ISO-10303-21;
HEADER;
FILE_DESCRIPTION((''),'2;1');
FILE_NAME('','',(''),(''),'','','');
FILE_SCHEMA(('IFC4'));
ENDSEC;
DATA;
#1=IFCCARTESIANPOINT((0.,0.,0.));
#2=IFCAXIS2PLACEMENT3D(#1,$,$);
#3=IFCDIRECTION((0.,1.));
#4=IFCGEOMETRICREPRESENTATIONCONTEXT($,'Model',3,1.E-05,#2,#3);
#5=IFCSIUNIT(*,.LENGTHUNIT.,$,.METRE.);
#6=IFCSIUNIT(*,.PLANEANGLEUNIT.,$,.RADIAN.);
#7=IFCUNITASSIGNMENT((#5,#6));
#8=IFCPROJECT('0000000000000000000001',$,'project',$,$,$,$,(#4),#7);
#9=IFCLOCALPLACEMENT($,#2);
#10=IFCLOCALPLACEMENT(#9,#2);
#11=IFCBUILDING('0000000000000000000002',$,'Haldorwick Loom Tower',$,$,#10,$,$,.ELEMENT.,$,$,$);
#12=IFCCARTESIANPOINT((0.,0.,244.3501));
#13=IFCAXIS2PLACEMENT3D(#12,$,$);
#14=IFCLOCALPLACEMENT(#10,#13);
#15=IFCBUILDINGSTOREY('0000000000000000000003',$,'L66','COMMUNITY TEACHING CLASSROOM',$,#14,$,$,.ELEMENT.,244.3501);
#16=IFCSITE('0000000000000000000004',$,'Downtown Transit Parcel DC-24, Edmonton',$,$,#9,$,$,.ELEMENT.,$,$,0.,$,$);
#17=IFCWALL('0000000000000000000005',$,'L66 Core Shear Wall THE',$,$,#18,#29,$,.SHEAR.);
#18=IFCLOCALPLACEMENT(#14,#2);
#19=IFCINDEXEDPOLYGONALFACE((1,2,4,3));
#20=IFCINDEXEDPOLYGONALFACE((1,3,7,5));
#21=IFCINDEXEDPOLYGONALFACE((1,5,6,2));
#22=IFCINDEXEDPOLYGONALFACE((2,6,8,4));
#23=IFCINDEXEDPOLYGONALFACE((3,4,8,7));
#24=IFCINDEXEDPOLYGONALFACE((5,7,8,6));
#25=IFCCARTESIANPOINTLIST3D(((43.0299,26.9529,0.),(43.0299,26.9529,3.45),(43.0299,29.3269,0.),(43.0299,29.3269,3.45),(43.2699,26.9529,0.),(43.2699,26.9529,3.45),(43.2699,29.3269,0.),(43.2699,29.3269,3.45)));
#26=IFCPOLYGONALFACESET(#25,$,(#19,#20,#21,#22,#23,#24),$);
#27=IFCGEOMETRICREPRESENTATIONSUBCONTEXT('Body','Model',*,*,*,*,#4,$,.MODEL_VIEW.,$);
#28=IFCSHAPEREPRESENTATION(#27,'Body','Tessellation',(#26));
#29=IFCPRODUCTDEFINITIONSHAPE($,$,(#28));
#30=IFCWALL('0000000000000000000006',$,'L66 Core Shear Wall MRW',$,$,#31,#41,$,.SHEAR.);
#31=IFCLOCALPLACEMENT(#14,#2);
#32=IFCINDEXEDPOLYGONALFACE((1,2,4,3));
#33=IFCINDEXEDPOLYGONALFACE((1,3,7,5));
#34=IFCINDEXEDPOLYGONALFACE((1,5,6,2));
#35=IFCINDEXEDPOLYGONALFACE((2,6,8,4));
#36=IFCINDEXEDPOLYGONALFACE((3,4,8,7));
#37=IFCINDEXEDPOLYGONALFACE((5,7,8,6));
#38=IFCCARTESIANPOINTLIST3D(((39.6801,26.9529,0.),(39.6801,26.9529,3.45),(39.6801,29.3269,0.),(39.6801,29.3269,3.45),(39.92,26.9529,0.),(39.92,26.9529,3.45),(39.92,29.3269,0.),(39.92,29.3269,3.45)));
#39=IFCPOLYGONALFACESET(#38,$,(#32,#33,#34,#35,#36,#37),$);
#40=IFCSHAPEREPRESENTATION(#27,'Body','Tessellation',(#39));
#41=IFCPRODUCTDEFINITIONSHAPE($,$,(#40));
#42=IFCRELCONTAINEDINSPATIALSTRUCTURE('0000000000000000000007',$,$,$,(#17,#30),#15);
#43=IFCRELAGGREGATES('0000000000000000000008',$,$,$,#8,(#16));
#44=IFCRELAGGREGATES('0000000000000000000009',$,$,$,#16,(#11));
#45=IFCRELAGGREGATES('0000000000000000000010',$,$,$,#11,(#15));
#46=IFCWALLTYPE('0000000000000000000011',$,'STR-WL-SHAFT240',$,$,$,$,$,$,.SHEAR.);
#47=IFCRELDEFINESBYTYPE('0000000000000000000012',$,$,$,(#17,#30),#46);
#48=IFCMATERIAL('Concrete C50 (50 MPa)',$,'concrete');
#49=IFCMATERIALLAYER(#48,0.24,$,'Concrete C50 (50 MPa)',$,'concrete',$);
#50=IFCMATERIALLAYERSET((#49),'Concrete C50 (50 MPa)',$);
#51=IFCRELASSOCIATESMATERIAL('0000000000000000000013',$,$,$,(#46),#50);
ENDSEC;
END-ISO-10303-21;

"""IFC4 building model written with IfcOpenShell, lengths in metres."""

from ifc_helpers import new_model, si_unit, direction, frame, frame_2d, origin, place, context, subcontext, project, spatial, rectangle, extrude, material, layer, layer_set, type_object, element, save


model = new_model("IFC4")

# Units and contexts
model_context = context("Model", 3, precision=1e-05, world=origin(), true_north=direction((0.0, 1.0)))
body_context = subcontext(model_context, "Body", "Model", "MODEL_VIEW")
ifc_project = project(units=[si_unit("LENGTHUNIT", "METRE"), si_unit("PLANEANGLEUNIT", "RADIAN")], contexts=[model_context])

# Site, building, storey
site_placement = place(None, origin())
site = spatial("IfcSite", under=ifc_project, at=site_placement, Name="Downtown Transit Parcel DC-24, Edmonton", CompositionType="ELEMENT", RefElevation=0.0)
building_placement = place(site_placement, origin())
building = spatial("IfcBuilding", under=site, at=building_placement, Name="Haldorwick Loom Tower", CompositionType="ELEMENT")
storey_placement = place(building_placement, frame((0.0, 0.0, 244.3501)))
storey = spatial("IfcBuildingStorey", under=building, at=storey_placement, Name="L66", Description="COMMUNITY TEACHING CLASSROOM", CompositionType="ELEMENT", Elevation=244.3501)

# Shared definitions
ifc_material_1 = material(Name="Concrete C50 (50 MPa)", Category="concrete")

# Walls
ifc_layer_1 = layer(ifc_material_1, 0.24, Name="Concrete C50 (50 MPa)", Category="concrete")
ifc_layer_set_1 = layer_set([ifc_layer_1], Name="Concrete C50 (50 MPa)")
wall_type_1 = type_object("IfcWallType", Name="STR-WL-SHAFT240", PredefinedType="SHEAR", material=ifc_layer_set_1)
for number, where, z_axis, x_axis, name in (
    (1, (43.1499, 26.9529, 0.0), (0.0, 0.0, 1.0), (0.0, 1.0, 0.0), "L66 Core Shear Wall THE"),
    (2, (39.8, 26.9529, 0.0), (0.0, 0.0, 1.0), (0.0, 1.0, 0.0), "L66 Core Shear Wall MRW"),
):
    element("IfcWall", number, at=place(storey_placement, frame(where, z_axis=z_axis, x_axis=x_axis)), inside=storey, type_object=wall_type_1, Name=name, PredefinedType="SHEAR", context=body_context, shape_type="SweptSolid", body=[
        extrude(rectangle(XDim=2.374, YDim=0.24, at=frame_2d((1.187, 0.0))), origin(), (0.0, 0.0, 1.0), 3.45),
    ])

save(model, "model.ifc")
